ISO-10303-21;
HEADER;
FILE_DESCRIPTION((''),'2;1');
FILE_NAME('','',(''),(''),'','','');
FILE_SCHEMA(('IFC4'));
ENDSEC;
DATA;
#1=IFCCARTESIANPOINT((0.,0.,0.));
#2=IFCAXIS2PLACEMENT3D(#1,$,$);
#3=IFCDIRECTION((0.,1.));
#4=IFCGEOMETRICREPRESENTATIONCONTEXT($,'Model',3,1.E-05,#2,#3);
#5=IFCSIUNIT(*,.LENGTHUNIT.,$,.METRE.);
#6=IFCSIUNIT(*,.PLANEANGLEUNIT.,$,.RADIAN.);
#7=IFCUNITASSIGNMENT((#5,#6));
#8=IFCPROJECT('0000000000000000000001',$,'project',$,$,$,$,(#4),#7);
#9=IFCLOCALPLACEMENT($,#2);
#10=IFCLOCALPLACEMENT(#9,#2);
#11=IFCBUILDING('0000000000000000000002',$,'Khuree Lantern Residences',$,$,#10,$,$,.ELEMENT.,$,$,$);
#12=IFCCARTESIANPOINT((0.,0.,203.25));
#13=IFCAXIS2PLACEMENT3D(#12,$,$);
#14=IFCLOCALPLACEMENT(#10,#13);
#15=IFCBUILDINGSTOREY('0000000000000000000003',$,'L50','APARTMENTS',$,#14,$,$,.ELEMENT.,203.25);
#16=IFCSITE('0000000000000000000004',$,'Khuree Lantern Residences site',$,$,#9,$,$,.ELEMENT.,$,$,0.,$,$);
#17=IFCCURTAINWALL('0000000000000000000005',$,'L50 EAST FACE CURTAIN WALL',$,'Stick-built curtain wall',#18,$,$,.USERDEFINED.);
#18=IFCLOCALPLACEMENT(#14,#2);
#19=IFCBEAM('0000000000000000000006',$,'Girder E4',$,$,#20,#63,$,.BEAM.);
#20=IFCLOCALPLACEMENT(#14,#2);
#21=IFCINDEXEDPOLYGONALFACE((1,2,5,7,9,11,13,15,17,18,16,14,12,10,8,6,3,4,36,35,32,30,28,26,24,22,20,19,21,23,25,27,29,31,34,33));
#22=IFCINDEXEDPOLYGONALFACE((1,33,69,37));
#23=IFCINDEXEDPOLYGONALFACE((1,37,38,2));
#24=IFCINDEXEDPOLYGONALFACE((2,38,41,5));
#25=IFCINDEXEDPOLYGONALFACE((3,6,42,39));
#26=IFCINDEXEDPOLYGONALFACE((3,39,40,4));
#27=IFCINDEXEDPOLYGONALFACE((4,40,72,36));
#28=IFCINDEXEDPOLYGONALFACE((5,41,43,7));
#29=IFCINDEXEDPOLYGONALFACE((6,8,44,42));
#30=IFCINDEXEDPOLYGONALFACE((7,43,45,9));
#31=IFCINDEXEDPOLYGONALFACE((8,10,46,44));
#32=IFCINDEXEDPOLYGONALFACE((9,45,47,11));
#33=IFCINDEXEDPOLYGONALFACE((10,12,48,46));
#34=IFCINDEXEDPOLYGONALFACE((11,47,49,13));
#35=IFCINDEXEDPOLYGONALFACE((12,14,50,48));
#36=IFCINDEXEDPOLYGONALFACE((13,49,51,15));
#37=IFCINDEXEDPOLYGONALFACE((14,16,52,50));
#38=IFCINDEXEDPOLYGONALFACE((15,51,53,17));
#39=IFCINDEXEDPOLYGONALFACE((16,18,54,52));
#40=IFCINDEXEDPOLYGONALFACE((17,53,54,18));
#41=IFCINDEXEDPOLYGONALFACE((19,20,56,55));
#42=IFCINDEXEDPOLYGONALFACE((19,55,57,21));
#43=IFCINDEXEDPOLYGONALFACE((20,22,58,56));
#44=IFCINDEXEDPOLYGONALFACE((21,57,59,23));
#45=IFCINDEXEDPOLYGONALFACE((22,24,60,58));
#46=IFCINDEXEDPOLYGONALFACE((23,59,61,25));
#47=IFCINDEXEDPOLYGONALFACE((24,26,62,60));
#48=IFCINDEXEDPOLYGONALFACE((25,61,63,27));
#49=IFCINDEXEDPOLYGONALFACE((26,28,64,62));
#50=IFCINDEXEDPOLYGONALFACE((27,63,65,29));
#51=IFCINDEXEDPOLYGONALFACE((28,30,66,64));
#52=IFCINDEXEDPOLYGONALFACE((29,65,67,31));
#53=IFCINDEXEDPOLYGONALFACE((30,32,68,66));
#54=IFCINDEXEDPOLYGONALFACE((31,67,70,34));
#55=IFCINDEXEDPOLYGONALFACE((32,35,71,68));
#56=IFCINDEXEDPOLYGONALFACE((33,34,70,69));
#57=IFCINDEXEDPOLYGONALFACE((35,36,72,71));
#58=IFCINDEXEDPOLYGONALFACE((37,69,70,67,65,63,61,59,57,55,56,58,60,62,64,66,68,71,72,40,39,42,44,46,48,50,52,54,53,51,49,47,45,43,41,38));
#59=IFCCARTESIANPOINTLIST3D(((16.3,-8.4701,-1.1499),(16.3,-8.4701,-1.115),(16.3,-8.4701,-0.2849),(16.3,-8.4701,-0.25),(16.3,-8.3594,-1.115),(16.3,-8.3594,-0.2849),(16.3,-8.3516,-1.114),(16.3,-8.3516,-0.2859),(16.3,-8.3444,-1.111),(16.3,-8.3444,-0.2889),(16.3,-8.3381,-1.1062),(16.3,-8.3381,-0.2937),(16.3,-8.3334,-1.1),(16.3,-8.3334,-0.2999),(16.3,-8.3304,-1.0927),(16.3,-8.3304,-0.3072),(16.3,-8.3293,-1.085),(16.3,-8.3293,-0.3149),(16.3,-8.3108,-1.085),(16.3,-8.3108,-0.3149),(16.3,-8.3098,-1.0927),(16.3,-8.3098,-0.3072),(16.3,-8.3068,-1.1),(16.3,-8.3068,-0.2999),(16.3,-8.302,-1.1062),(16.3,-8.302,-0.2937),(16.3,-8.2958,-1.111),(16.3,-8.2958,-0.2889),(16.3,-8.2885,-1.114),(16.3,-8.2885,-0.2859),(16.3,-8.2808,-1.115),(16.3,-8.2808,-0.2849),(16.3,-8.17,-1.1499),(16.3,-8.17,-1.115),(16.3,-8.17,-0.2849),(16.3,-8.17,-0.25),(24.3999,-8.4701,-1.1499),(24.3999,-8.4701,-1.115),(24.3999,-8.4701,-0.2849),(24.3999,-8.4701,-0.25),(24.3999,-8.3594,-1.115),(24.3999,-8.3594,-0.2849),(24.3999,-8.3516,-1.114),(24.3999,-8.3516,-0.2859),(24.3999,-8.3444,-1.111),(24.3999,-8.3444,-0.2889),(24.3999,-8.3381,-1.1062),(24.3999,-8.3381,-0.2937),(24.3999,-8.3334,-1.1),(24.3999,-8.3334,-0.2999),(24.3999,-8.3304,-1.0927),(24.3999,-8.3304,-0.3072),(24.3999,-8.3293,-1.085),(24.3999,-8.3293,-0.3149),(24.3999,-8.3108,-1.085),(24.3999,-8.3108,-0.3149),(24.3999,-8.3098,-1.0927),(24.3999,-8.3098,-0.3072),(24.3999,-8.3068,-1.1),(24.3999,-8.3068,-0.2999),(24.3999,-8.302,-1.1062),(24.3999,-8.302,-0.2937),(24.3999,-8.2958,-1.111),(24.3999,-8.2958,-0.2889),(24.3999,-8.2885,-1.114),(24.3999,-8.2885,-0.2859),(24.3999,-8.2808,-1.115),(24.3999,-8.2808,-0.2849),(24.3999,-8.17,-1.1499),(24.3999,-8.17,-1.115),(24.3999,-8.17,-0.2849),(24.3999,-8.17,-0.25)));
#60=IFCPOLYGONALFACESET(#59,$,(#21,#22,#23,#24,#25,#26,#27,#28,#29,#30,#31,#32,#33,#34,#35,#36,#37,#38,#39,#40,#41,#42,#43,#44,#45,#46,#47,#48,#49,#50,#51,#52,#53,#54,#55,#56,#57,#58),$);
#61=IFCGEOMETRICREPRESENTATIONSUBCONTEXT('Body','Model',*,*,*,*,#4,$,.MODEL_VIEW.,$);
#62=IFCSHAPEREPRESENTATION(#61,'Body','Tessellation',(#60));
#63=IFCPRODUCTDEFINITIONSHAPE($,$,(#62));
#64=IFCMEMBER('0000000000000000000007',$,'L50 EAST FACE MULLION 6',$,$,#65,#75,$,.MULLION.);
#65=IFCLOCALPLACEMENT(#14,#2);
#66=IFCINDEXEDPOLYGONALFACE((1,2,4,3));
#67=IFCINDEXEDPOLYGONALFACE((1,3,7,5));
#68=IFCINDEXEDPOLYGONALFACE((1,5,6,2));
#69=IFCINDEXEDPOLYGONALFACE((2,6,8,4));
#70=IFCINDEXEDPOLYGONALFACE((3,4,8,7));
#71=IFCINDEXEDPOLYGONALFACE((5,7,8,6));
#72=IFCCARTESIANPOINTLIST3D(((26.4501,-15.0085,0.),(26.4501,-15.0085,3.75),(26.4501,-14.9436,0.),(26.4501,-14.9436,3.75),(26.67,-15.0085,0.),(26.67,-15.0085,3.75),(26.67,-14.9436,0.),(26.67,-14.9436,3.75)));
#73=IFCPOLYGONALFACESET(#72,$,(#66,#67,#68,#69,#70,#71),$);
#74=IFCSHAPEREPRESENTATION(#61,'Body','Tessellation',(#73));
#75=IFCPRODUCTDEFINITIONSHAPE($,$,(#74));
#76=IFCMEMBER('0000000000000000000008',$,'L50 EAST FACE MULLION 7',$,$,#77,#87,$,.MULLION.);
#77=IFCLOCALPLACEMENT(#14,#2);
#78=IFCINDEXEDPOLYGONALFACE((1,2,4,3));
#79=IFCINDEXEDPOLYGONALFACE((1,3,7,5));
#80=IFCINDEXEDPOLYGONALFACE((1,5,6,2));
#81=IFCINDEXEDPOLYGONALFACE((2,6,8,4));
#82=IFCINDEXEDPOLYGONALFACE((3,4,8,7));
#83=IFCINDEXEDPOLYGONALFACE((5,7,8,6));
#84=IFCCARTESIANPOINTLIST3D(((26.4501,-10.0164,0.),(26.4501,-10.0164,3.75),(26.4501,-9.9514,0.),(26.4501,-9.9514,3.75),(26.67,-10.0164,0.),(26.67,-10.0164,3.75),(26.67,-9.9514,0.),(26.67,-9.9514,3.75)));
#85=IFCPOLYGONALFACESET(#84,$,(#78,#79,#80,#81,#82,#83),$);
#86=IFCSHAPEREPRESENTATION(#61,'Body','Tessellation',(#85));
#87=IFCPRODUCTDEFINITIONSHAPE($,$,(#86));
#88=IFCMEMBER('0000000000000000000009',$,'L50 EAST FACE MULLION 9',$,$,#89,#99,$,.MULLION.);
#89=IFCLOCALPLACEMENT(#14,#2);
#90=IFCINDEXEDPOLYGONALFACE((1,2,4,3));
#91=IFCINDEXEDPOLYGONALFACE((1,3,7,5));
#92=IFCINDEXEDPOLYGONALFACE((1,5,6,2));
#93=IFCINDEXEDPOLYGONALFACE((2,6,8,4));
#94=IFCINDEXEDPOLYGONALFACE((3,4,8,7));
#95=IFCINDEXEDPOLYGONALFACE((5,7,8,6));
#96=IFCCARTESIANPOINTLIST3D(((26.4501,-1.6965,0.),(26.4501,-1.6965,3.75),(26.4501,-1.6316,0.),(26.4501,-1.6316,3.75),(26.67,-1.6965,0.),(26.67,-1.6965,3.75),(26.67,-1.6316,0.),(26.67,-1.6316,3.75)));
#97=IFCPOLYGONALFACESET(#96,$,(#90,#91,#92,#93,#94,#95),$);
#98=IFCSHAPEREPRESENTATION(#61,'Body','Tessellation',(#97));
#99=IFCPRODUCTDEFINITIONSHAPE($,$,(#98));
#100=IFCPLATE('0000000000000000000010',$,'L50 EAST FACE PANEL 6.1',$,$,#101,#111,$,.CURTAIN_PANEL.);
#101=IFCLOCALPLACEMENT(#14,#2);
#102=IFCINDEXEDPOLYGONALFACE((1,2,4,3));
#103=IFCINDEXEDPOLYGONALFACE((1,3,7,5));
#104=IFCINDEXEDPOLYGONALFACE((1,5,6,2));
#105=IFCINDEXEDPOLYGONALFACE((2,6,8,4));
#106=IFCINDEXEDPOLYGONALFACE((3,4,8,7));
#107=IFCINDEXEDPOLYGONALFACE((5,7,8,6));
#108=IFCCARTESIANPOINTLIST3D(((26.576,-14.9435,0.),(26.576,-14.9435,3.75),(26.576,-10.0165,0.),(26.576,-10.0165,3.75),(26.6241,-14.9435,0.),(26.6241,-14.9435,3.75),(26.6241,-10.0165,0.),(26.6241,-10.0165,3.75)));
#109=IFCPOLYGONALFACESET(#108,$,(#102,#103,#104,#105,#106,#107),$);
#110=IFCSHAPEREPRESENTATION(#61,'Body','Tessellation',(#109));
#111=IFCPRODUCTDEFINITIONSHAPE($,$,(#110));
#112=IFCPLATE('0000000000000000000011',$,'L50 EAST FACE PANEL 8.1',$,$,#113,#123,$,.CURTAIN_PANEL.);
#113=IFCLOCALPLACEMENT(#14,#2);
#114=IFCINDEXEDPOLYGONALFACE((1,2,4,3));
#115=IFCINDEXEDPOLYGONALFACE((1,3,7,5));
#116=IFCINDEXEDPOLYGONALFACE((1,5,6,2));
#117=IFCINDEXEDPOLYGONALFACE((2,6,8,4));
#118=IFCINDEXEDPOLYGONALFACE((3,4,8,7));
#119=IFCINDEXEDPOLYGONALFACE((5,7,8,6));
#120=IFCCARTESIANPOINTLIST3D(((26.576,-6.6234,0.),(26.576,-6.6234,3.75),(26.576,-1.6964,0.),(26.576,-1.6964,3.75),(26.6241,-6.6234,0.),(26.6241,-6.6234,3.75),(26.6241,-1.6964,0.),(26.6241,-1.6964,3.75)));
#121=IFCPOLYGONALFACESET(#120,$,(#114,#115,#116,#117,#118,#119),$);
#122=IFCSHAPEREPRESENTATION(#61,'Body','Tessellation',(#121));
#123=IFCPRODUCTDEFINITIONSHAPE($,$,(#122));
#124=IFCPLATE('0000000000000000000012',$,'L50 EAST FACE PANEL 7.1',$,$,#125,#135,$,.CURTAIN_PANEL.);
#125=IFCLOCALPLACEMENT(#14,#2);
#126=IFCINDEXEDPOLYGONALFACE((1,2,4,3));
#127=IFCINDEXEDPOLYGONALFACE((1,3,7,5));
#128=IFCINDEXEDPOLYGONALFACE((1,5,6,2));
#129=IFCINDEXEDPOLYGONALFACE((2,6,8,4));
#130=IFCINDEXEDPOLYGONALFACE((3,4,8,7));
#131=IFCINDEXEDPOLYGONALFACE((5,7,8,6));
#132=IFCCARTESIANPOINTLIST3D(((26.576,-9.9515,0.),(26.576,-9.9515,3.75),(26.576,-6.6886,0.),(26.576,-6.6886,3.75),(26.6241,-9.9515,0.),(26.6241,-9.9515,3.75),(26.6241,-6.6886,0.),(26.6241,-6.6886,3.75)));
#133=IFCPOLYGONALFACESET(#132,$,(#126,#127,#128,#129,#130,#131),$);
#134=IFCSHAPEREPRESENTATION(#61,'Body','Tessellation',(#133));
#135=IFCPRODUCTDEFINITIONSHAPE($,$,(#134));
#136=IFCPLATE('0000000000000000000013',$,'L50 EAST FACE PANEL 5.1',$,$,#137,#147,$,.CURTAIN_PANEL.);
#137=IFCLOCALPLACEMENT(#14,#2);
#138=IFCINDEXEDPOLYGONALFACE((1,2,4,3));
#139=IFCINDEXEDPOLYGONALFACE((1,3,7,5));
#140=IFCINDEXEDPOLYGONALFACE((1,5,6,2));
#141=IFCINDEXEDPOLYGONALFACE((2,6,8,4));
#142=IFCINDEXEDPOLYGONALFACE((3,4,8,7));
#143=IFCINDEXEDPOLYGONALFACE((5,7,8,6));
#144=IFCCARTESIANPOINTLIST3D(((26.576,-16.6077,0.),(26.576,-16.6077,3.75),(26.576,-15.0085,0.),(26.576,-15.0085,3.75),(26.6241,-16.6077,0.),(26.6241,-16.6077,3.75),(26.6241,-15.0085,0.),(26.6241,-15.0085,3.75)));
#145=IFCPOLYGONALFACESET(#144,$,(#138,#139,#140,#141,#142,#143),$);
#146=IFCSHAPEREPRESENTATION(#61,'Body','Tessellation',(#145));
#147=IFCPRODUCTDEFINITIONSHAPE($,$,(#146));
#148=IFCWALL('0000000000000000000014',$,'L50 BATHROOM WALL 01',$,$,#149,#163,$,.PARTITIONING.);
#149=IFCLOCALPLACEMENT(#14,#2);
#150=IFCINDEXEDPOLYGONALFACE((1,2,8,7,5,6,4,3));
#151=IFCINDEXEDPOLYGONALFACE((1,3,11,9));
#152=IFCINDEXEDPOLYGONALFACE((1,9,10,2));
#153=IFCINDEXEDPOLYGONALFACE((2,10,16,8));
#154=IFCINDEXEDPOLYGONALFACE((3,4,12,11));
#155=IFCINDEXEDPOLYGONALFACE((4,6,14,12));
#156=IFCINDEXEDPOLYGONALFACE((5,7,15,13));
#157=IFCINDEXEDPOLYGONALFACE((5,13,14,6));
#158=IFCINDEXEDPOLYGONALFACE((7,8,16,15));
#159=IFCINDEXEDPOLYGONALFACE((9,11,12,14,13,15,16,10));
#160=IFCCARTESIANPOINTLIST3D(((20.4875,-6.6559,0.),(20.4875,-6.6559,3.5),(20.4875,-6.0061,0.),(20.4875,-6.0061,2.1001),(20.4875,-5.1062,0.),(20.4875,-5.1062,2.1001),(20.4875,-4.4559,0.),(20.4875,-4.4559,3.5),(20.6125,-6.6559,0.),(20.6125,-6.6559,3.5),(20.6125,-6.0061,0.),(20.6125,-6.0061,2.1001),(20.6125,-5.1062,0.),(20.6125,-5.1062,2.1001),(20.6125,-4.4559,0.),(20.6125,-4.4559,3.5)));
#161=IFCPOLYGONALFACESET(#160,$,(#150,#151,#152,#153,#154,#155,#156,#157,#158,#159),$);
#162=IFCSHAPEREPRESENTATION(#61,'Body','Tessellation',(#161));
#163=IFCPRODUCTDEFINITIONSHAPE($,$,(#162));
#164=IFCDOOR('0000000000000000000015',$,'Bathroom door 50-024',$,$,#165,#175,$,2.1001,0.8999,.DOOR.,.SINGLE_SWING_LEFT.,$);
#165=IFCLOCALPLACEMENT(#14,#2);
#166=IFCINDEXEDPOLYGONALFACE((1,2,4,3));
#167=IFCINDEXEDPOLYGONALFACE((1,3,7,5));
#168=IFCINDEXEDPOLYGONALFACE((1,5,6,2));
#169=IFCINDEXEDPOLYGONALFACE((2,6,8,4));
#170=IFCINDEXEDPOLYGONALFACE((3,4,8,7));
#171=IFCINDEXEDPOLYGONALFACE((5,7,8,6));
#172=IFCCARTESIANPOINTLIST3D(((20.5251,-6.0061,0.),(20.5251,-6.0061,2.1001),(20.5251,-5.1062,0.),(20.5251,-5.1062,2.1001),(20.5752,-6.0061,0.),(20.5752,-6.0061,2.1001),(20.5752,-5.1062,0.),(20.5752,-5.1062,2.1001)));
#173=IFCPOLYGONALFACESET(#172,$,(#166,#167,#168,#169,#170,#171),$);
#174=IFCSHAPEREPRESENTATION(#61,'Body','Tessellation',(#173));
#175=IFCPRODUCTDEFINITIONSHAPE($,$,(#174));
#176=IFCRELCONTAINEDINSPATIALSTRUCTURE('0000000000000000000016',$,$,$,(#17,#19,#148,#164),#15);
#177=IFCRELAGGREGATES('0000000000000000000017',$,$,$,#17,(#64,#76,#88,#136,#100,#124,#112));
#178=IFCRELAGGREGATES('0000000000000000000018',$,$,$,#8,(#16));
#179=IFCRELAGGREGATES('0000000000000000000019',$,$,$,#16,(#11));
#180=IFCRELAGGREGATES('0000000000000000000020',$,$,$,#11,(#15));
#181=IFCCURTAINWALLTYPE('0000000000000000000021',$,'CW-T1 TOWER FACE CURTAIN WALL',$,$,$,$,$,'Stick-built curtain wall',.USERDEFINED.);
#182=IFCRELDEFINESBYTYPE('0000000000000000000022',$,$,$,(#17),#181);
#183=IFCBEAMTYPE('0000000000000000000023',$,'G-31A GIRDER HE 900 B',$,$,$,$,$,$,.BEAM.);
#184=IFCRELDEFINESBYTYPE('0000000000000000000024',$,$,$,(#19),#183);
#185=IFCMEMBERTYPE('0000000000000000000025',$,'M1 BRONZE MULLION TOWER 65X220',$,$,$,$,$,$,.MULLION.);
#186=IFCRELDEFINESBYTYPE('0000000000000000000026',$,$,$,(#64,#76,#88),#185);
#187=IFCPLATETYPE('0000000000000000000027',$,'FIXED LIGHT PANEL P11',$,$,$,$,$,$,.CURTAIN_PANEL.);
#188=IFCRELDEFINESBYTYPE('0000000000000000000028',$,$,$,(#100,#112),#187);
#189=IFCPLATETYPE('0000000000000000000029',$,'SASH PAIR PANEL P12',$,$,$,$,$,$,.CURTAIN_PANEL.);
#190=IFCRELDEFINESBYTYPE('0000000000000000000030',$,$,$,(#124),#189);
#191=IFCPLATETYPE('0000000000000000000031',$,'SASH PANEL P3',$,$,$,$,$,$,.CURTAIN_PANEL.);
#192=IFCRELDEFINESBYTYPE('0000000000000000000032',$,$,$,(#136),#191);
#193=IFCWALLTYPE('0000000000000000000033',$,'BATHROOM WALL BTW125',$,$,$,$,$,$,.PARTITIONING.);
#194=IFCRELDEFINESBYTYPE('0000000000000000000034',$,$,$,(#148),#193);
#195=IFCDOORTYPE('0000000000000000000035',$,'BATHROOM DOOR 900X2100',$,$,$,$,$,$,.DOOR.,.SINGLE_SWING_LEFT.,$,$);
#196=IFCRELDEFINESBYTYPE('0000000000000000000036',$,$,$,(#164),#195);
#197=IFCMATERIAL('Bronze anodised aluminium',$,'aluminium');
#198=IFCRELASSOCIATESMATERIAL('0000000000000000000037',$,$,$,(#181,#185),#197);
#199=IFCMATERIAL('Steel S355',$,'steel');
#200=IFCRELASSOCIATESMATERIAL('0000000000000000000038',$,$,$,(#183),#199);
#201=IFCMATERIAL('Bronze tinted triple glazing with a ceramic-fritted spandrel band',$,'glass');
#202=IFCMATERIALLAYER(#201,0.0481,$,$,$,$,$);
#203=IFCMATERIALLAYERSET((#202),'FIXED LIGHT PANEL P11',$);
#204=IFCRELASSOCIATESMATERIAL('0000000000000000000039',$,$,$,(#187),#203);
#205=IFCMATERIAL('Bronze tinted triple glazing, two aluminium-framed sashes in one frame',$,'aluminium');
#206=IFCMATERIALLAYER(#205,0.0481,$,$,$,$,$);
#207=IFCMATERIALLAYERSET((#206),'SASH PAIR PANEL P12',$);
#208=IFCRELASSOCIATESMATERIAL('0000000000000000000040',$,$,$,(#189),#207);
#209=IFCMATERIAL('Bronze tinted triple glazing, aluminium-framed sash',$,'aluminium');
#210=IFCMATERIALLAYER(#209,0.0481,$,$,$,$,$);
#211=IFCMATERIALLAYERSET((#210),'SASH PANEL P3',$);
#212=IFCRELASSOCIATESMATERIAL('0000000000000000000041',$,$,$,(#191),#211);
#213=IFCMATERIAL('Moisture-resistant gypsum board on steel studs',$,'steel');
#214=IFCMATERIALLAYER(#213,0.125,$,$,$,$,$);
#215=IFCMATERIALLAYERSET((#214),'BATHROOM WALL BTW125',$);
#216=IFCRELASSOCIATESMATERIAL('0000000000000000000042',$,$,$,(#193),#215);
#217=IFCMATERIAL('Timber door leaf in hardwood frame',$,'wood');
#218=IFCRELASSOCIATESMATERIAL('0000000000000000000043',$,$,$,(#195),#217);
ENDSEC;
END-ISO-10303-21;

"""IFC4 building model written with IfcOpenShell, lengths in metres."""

from ifc_helpers import new_model, si_unit, direction, frame, frame_2d, origin, origin_2d, place, context, subcontext, project, spatial, rectangle, i_section, extrude, material, layer, layer_set, material_profile, profile_set, type_object, element, fill, aggregate, save


model = new_model("IFC4")

# Units and contexts
model_context = context("Model", 3, precision=1e-05, world=origin(), true_north=direction((0.0, 1.0)))
body_context = subcontext(model_context, "Body", "Model", "MODEL_VIEW")
ifc_project = project(units=[si_unit("LENGTHUNIT", "METRE"), si_unit("PLANEANGLEUNIT", "RADIAN")], contexts=[model_context])

# Site, building, storey
site_placement = place(None, origin())
site = spatial("IfcSite", under=ifc_project, at=site_placement, Name="Khuree Lantern Residences site", CompositionType="ELEMENT", RefElevation=0.0)
building_placement = place(site_placement, origin())
building = spatial("IfcBuilding", under=site, at=building_placement, Name="Khuree Lantern Residences", CompositionType="ELEMENT")
storey_placement = place(building_placement, frame((0.0, 0.0, 203.25)))
storey = spatial("IfcBuildingStorey", under=building, at=storey_placement, Name="L50", Description="APARTMENTS", CompositionType="ELEMENT", Elevation=203.25)

# Shared definitions
ifc_material_1 = material(Name="Steel S355", Category="steel")

# Curtain wall
ifc_material_2 = material(Name="Bronze anodised aluminium", Category="aluminium")
curtain_wall_type = type_object("IfcCurtainWallType", Name="CW-T1 TOWER FACE CURTAIN WALL", ElementType="Stick-built curtain wall", PredefinedType="USERDEFINED", material=ifc_material_2)
curtain_wall_placement = place(storey_placement, origin())
curtain_wall = element("IfcCurtainWall", 1, at=curtain_wall_placement, inside=storey, type_object=curtain_wall_type, Name="L50 EAST FACE CURTAIN WALL", ObjectType="Stick-built curtain wall", PredefinedType="USERDEFINED")

# Beam
ifc_material_profile_1 = material_profile(ifc_material_1, i_section(OverallWidth=0.3, OverallDepth=0.8999, WebThickness=0.0186, FlangeThickness=0.0349, FilletRadius=0.03, at=origin_2d()), Name="HE 900 B")
ifc_profile_set_1 = profile_set([ifc_material_profile_1], Name="Steel S355")
beam_type_1 = type_object("IfcBeamType", Name="G-31A GIRDER HE 900 B", PredefinedType="BEAM", material=ifc_profile_set_1)
beam_1_placement = place(storey_placement, frame((24.3999, -8.3201, -0.7), z_axis=(-1.0, 0.0, 0.0), x_axis=(0.0, -1.0, 0.0)))
element("IfcBeam", 2, at=beam_1_placement, inside=storey, type_object=beam_type_1, Name="Girder E4", PredefinedType="BEAM", context=body_context, shape_type="SweptSolid", body=[
    extrude(i_section(OverallWidth=0.3, OverallDepth=0.8999, WebThickness=0.0186, FlangeThickness=0.0349, FilletRadius=0.03, at=origin_2d()), origin(), (0.0, 0.0, 1.0), 8.0999),
])

# Members
ifc_material_profile_2 = material_profile(ifc_material_2, rectangle(XDim=0.0649, YDim=0.22, at=origin_2d()), Name="M1 65X220")
ifc_profile_set_2 = profile_set([ifc_material_profile_2], Name="Bronze anodised aluminium")
member_type_1 = type_object("IfcMemberType", Name="M1 BRONZE MULLION TOWER 65X220", PredefinedType="MULLION", material=ifc_profile_set_2)
member_1_placement = place(storey_placement, frame((26.5601, -14.9761, 0.0), z_axis=(0.0, 0.0, 1.0), x_axis=(0.0, 1.0, 0.0)))
member_1 = element("IfcMember", 3, at=member_1_placement, type_object=member_type_1, Name="L50 EAST FACE MULLION 6", PredefinedType="MULLION", context=body_context, shape_type="SweptSolid", body=[
    extrude(rectangle(XDim=0.0649, YDim=0.22, at=origin_2d()), origin(), (0.0, 0.0, 1.0), 3.75),
])
member_2_placement = place(storey_placement, frame((26.5601, -9.9839, 0.0), z_axis=(0.0, 0.0, 1.0), x_axis=(0.0, 1.0, 0.0)))
member_2 = element("IfcMember", 4, at=member_2_placement, type_object=member_type_1, Name="L50 EAST FACE MULLION 7", PredefinedType="MULLION", context=body_context, shape_type="SweptSolid", body=[
    extrude(rectangle(XDim=0.0649, YDim=0.22, at=origin_2d()), origin(), (0.0, 0.0, 1.0), 3.75),
])
member_3_placement = place(storey_placement, frame((26.5601, -1.6641, 0.0), z_axis=(0.0, 0.0, 1.0), x_axis=(0.0, 1.0, 0.0)))
member_3 = element("IfcMember", 5, at=member_3_placement, type_object=member_type_1, Name="L50 EAST FACE MULLION 9", PredefinedType="MULLION", context=body_context, shape_type="SweptSolid", body=[
    extrude(rectangle(XDim=0.0649, YDim=0.22, at=origin_2d()), origin(), (0.0, 0.0, 1.0), 3.75),
])

# Plates
ifc_material_3 = material(Name="Bronze tinted triple glazing with a ceramic-fritted spandrel band", Category="glass")
ifc_layer_1 = layer(ifc_material_3, 0.0481)
ifc_layer_set_1 = layer_set([ifc_layer_1], Name="FIXED LIGHT PANEL P11")
plate_type_1 = type_object("IfcPlateType", Name="FIXED LIGHT PANEL P11", PredefinedType="CURTAIN_PANEL", material=ifc_layer_set_1)
plate_1_placement = place(storey_placement, frame((26.6001, -12.48, 0.0), z_axis=(0.0, 0.0, 1.0), x_axis=(0.0, 1.0, 0.0)))
plate_1 = element("IfcPlate", 6, at=plate_1_placement, type_object=plate_type_1, Name="L50 EAST FACE PANEL 6.1", PredefinedType="CURTAIN_PANEL", context=body_context, shape_type="SweptSolid", body=[
    extrude(rectangle(XDim=4.927, YDim=0.0481, at=origin_2d()), origin(), (0.0, 0.0, 1.0), 3.75),
])
plate_2_placement = place(storey_placement, frame((26.6001, -4.1599, 0.0), z_axis=(0.0, 0.0, 1.0), x_axis=(0.0, 1.0, 0.0)))
plate_2 = element("IfcPlate", 7, at=plate_2_placement, type_object=plate_type_1, Name="L50 EAST FACE PANEL 8.1", PredefinedType="CURTAIN_PANEL", context=body_context, shape_type="SweptSolid", body=[
    extrude(rectangle(XDim=4.927, YDim=0.0481, at=origin_2d()), origin(), (0.0, 0.0, 1.0), 3.75),
])
ifc_material_4 = material(Name="Bronze tinted triple glazing, two aluminium-framed sashes in one frame", Category="aluminium")
ifc_layer_2 = layer(ifc_material_4, 0.0481)
ifc_layer_set_2 = layer_set([ifc_layer_2], Name="SASH PAIR PANEL P12")
plate_type_2 = type_object("IfcPlateType", Name="SASH PAIR PANEL P12", PredefinedType="CURTAIN_PANEL", material=ifc_layer_set_2)
plate_3_placement = place(storey_placement, frame((26.6001, -8.3201, 0.0), z_axis=(0.0, 0.0, 1.0), x_axis=(0.0, 1.0, 0.0)))
plate_3 = element("IfcPlate", 8, at=plate_3_placement, type_object=plate_type_2, Name="L50 EAST FACE PANEL 7.1", PredefinedType="CURTAIN_PANEL", context=body_context, shape_type="SweptSolid", body=[
    extrude(rectangle(XDim=3.2629, YDim=0.0481, at=origin_2d()), origin(), (0.0, 0.0, 1.0), 3.75),
])
ifc_material_5 = material(Name="Bronze tinted triple glazing, aluminium-framed sash", Category="aluminium")
ifc_layer_3 = layer(ifc_material_5, 0.0481)
ifc_layer_set_3 = layer_set([ifc_layer_3], Name="SASH PANEL P3")
plate_type_3 = type_object("IfcPlateType", Name="SASH PANEL P3", PredefinedType="CURTAIN_PANEL", material=ifc_layer_set_3)
plate_4_placement = place(storey_placement, frame((26.6001, -15.8081, 0.0), z_axis=(0.0, 0.0, 1.0), x_axis=(0.0, 1.0, 0.0)))
plate_4 = element("IfcPlate", 9, at=plate_4_placement, type_object=plate_type_3, Name="L50 EAST FACE PANEL 5.1", PredefinedType="CURTAIN_PANEL", context=body_context, shape_type="SweptSolid", body=[
    extrude(rectangle(XDim=1.5991, YDim=0.0481, at=origin_2d()), origin(), (0.0, 0.0, 1.0), 3.75),
])
aggregate(curtain_wall, [member_1, member_2, member_3, plate_4, plate_1, plate_3, plate_2])

# Wall, opening, door
ifc_material_6 = material(Name="Moisture-resistant gypsum board on steel studs", Category="steel")
ifc_layer_4 = layer(ifc_material_6, 0.125)
ifc_layer_set_4 = layer_set([ifc_layer_4], Name="BATHROOM WALL BTW125")
wall_type_1 = type_object("IfcWallType", Name="BATHROOM WALL BTW125", PredefinedType="PARTITIONING", material=ifc_layer_set_4)
wall_1_placement = place(storey_placement, frame((20.55, -6.656, 0.0), z_axis=(0.0, 0.0, 1.0), x_axis=(0.0, 1.0, 0.0)))
wall_1 = element("IfcWall", 10, at=wall_1_placement, inside=storey, type_object=wall_type_1, Name="L50 BATHROOM WALL 01", PredefinedType="PARTITIONING", context=body_context, shape_type="SweptSolid", body=[
    extrude(rectangle(XDim=2.2, YDim=0.125, at=frame_2d((1.1001, 0.0))), origin(), (0.0, 0.0, 1.0), 3.5),
])
opening_1_placement = place(wall_1_placement, frame((0.6499, 0.0, 0.0)))
opening_1 = element("IfcOpeningElement", 11, at=opening_1_placement, cuts=wall_1, PredefinedType="OPENING", context=body_context, shape_type="SweptSolid", body=[
    extrude(rectangle(XDim=0.8999, YDim=2.1001, at=frame_2d((0.45, 1.05))), frame((0.0, 0.0725, 0.0), z_axis=(0.0, -1.0, 0.0), x_axis=(1.0, 0.0, 0.0)), (0.0, 0.0, 1.0), 0.145),
])
ifc_material_7 = material(Name="Timber door leaf in hardwood frame", Category="wood")
door_type_1 = type_object("IfcDoorType", Name="BATHROOM DOOR 900X2100", OperationType="SINGLE_SWING_LEFT", PredefinedType="DOOR", material=ifc_material_7)
door_1_placement = place(opening_1_placement, origin())
door_1 = element("IfcDoor", 12, at=door_1_placement, inside=storey, type_object=door_type_1, Name="Bathroom door 50-024", OperationType="SINGLE_SWING_LEFT", OverallHeight=2.1001, OverallWidth=0.8999, PredefinedType="DOOR", context=body_context, shape_type="SweptSolid", body=[
    extrude(rectangle(XDim=0.8999, YDim=2.1001, at=frame_2d((0.45, 1.05))), frame((0.0, 0.0249, 0.0), z_axis=(0.0, -1.0, 0.0), x_axis=(1.0, 0.0, 0.0)), (0.0, 0.0, 1.0), 0.05),
])
fill(opening_1, door_1)

save(model, "model.ifc")
